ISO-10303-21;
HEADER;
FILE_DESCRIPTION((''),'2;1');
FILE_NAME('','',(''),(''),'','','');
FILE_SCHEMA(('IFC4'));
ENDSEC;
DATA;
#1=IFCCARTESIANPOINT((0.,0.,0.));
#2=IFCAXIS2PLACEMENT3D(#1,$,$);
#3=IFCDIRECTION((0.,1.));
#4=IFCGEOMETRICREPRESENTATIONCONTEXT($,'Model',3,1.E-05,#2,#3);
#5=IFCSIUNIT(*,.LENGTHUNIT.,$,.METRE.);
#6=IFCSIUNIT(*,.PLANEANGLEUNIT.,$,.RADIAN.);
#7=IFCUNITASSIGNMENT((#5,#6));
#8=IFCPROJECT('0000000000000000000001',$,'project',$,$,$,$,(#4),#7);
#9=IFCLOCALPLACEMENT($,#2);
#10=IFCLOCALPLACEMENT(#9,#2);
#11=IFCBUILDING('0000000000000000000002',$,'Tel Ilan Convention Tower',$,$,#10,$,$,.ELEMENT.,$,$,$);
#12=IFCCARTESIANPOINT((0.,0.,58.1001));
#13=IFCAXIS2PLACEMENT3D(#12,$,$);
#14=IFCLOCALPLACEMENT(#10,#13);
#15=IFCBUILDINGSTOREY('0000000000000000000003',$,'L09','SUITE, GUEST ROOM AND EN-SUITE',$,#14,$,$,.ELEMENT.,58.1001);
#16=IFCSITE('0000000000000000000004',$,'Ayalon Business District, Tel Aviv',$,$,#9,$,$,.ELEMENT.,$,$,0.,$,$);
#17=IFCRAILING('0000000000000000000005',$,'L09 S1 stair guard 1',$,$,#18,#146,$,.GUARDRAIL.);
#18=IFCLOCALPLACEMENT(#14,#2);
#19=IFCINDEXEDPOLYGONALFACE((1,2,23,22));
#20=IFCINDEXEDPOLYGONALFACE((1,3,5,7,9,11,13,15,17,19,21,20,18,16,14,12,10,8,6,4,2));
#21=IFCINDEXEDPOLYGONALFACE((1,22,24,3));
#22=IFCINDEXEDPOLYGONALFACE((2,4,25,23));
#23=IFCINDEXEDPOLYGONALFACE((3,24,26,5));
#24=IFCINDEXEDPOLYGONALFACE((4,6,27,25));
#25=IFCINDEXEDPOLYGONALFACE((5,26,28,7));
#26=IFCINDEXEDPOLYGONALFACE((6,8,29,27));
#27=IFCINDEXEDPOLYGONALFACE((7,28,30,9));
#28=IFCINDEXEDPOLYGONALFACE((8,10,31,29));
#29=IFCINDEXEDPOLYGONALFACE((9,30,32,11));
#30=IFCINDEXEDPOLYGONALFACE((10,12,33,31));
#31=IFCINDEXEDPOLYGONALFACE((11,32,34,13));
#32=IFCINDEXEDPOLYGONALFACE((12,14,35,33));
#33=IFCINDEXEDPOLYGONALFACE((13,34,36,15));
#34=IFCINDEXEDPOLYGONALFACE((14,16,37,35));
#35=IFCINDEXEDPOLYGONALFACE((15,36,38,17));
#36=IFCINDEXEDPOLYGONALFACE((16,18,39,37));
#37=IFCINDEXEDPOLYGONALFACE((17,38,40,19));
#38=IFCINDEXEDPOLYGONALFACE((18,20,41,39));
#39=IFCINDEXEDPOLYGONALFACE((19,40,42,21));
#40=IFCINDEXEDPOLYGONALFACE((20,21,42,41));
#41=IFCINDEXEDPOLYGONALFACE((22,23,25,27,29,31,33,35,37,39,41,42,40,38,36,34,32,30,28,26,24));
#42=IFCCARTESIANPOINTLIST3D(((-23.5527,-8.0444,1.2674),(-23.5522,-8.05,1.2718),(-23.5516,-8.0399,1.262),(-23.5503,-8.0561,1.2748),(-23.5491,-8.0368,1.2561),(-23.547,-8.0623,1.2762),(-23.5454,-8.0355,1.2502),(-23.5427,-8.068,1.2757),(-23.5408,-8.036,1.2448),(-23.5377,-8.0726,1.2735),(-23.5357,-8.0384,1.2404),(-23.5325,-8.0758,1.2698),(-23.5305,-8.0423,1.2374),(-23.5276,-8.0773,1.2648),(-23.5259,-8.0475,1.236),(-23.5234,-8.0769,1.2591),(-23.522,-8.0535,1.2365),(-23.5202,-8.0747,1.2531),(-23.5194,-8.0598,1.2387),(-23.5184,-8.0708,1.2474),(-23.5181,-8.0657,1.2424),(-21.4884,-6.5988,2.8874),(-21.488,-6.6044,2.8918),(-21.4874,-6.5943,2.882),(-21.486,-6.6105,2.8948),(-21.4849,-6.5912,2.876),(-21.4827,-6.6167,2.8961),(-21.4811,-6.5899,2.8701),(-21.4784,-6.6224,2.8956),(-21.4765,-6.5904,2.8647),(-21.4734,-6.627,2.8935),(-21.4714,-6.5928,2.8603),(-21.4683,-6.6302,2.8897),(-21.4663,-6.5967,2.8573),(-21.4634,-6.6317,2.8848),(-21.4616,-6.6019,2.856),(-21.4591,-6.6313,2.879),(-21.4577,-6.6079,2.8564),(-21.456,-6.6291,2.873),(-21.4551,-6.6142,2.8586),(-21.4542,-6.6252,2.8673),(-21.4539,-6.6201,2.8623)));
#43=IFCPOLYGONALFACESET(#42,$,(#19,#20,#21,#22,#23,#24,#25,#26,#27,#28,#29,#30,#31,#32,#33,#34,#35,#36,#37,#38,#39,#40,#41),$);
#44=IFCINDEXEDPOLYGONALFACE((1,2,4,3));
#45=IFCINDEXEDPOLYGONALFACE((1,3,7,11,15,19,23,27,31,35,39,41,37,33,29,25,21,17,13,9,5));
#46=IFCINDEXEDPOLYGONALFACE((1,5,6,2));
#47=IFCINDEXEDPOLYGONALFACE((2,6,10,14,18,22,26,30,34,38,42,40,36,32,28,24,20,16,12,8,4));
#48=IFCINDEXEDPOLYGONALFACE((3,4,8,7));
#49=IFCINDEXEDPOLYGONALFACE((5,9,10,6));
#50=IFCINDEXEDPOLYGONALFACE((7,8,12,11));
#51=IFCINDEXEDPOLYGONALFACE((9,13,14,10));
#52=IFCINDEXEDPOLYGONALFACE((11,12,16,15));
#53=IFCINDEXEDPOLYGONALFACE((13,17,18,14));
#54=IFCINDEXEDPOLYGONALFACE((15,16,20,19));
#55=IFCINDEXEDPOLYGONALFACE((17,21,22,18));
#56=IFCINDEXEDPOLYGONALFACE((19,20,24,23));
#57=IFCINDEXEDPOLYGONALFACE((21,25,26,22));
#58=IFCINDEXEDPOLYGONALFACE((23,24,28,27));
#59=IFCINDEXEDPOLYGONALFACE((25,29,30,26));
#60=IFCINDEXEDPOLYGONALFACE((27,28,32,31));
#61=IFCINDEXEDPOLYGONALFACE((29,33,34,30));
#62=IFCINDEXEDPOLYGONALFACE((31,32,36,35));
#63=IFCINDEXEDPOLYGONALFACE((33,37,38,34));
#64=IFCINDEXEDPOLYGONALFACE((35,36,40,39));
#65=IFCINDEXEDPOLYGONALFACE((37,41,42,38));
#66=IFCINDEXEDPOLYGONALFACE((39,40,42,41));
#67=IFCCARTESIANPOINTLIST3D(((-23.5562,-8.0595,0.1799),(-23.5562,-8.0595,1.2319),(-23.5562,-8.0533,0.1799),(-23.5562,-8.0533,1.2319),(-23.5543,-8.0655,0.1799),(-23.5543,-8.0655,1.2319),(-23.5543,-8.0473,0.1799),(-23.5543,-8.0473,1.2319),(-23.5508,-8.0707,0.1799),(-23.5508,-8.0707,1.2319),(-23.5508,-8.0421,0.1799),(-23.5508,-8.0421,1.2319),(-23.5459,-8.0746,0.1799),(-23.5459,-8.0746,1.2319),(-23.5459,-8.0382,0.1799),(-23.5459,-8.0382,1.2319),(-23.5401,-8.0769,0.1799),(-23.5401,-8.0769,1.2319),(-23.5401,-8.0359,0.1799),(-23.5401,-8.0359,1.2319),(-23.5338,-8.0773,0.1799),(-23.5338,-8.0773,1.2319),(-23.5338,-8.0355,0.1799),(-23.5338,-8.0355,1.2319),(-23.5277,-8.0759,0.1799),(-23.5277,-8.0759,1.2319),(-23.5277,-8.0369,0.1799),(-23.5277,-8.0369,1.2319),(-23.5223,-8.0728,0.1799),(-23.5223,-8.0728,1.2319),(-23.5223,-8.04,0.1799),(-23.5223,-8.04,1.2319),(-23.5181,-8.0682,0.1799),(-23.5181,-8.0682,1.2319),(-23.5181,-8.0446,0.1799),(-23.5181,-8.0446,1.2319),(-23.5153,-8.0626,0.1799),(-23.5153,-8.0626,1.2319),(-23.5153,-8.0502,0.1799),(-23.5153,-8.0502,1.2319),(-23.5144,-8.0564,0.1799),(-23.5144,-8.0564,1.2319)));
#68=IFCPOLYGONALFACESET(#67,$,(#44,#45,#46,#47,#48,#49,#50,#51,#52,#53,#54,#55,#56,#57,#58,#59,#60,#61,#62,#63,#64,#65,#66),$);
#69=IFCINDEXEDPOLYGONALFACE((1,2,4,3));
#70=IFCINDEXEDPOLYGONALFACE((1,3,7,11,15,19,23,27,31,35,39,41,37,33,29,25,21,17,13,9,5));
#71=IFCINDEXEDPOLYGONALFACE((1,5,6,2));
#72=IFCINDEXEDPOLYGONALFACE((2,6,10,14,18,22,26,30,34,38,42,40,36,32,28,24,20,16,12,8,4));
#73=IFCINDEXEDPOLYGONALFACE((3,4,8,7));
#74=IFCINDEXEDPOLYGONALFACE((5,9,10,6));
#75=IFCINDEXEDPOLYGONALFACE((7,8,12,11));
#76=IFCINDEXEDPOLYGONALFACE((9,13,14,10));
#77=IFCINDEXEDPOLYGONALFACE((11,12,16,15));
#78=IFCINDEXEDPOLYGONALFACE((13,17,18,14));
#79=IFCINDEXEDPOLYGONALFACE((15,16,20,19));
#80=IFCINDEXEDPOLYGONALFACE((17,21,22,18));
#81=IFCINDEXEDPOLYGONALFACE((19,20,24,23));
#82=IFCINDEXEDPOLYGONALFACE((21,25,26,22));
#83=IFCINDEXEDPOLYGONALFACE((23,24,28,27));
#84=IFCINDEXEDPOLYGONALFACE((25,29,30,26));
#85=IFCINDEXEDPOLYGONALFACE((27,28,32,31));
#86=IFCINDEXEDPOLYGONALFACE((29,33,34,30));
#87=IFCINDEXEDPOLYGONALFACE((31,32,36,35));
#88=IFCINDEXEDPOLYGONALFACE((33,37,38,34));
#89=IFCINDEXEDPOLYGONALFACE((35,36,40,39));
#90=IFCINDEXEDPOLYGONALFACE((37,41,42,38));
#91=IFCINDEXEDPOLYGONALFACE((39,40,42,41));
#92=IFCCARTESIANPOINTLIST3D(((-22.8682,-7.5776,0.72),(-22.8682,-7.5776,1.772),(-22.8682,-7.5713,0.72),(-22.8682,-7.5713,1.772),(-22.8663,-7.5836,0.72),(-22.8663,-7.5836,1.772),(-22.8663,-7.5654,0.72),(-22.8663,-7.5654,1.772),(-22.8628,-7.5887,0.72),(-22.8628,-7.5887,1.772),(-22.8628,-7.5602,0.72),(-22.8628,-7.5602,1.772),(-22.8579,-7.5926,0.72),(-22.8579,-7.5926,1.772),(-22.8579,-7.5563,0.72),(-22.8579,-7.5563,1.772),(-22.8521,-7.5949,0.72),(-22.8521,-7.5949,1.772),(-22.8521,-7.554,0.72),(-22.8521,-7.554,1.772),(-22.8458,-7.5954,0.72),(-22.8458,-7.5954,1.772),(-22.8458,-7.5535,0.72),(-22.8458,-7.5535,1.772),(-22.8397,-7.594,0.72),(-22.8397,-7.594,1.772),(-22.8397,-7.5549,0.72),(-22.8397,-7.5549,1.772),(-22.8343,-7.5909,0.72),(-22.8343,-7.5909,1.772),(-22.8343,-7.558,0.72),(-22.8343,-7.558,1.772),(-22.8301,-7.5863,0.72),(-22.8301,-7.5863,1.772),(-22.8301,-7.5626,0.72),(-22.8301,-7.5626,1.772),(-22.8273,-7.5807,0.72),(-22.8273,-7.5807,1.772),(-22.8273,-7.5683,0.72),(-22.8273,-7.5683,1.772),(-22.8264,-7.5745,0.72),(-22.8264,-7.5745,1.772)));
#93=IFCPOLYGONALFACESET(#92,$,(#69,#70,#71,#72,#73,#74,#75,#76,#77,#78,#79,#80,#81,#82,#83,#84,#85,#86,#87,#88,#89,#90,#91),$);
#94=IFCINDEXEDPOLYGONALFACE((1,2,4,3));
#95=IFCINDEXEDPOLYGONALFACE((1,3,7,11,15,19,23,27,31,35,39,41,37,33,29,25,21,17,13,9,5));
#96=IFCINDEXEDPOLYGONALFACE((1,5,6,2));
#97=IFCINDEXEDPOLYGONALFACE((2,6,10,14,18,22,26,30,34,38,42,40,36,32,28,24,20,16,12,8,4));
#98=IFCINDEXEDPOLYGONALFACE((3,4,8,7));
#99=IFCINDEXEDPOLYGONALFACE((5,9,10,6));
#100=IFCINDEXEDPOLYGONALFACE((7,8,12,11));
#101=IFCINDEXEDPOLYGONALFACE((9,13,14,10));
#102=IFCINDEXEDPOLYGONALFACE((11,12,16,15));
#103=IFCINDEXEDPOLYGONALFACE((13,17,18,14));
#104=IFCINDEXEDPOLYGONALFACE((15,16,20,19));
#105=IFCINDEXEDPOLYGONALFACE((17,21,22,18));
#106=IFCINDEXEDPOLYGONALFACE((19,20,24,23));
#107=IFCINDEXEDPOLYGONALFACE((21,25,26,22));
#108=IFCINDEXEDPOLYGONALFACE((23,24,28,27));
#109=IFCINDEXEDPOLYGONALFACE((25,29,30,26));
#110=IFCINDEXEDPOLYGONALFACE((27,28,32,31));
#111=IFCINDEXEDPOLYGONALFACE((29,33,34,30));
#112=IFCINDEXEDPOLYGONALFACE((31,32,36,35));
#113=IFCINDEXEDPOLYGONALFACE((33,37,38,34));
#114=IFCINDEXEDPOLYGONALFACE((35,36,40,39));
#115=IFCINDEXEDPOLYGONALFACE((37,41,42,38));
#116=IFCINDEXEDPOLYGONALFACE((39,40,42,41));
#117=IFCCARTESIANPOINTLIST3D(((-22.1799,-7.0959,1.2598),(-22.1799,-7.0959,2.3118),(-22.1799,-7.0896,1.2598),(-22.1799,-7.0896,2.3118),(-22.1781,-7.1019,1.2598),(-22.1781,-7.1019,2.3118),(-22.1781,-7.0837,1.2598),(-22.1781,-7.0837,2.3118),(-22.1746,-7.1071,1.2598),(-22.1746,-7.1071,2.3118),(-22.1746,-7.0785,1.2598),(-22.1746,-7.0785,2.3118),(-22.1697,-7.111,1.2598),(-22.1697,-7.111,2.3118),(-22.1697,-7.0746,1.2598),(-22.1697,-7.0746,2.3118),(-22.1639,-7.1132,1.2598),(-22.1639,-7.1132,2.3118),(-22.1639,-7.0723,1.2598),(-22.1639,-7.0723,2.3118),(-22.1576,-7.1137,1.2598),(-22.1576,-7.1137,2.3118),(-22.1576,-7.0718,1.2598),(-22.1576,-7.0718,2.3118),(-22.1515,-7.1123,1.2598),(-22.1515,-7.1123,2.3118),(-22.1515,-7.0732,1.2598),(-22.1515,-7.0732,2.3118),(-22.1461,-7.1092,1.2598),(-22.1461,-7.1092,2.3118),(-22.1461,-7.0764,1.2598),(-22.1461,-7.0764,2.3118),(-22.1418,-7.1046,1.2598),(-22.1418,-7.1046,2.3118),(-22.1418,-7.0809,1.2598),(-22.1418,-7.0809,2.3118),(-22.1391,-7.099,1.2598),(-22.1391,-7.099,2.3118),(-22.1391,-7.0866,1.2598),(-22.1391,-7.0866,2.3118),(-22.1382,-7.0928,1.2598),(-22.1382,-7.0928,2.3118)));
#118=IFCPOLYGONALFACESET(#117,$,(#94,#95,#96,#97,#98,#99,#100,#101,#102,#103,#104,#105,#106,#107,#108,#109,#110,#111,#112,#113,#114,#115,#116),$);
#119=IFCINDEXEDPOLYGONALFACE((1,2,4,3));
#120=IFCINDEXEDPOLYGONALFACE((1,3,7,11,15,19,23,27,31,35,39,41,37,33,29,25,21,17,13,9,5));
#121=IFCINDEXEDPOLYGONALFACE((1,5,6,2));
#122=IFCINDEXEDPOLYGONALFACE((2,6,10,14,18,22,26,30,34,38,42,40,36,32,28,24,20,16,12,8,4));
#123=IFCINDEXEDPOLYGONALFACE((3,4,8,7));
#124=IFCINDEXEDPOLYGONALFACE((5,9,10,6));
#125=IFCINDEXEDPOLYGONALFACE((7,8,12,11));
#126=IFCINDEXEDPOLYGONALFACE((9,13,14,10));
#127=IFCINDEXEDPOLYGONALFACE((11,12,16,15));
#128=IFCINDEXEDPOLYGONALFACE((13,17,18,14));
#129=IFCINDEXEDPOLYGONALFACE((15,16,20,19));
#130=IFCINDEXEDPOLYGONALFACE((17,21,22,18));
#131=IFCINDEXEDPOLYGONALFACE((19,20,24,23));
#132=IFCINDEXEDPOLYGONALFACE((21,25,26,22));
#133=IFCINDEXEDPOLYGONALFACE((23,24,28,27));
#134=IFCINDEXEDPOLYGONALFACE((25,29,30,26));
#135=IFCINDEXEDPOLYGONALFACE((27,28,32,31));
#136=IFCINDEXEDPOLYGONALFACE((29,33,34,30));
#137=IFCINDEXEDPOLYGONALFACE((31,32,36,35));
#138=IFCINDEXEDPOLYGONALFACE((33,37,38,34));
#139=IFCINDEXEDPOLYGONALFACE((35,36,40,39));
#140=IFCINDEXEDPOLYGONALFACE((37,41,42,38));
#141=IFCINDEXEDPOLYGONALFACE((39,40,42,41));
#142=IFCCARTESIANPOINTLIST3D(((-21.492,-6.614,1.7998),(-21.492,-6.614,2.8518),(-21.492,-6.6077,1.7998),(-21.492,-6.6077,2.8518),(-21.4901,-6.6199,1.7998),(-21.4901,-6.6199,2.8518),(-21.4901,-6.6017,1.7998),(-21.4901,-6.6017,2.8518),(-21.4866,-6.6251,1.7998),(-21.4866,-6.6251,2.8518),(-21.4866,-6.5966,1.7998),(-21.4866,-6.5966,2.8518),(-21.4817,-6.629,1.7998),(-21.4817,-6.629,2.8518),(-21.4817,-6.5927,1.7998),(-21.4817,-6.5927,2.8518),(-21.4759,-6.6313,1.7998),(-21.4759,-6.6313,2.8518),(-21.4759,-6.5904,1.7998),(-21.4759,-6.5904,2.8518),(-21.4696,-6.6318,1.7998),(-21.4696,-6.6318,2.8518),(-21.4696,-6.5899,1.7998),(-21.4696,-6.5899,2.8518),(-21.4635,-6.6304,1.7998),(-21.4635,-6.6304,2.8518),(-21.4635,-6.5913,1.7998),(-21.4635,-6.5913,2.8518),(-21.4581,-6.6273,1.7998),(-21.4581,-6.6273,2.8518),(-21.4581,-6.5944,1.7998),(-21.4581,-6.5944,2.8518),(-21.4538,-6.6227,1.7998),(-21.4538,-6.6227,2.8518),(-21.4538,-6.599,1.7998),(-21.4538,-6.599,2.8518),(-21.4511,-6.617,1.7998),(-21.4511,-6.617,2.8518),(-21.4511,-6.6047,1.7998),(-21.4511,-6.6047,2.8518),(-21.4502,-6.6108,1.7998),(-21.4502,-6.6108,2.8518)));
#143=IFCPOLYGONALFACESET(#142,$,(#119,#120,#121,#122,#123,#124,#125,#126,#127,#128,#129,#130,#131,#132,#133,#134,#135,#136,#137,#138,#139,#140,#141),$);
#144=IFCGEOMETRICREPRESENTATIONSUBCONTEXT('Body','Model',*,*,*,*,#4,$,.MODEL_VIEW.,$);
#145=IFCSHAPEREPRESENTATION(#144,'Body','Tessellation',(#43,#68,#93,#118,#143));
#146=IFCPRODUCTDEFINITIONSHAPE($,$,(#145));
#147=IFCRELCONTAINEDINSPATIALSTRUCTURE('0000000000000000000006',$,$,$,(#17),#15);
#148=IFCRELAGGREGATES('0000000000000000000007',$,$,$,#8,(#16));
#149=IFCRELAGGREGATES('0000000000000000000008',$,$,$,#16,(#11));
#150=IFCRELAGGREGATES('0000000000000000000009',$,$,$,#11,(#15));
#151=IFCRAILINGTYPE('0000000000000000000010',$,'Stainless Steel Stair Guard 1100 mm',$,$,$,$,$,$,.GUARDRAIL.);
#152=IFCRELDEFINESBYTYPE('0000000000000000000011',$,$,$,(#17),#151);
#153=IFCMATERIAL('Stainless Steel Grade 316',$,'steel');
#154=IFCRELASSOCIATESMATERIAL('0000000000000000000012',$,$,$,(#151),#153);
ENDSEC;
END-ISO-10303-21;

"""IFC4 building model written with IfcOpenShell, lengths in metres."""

from ifc_helpers import new_model, si_unit, direction, frame, origin, origin_2d, place, context, subcontext, project, spatial, circle, extrude, material, type_object, element, save


model = new_model("IFC4")

# Units and contexts
model_context = context("Model", 3, precision=1e-05, world=origin(), true_north=direction((0.0, 1.0)))
body_context = subcontext(model_context, "Body", "Model", "MODEL_VIEW")
ifc_project = project(units=[si_unit("LENGTHUNIT", "METRE"), si_unit("PLANEANGLEUNIT", "RADIAN")], contexts=[model_context])

# Site, building, storey
site_placement = place(None, origin())
site = spatial("IfcSite", under=ifc_project, at=site_placement, Name="Ayalon Business District, Tel Aviv", CompositionType="ELEMENT", RefElevation=0.0)
building_placement = place(site_placement, origin())
building = spatial("IfcBuilding", under=site, at=building_placement, Name="Tel Ilan Convention Tower", CompositionType="ELEMENT")
storey_placement = place(building_placement, frame((0.0, 0.0, 58.1001)))
storey = spatial("IfcBuildingStorey", under=building, at=storey_placement, Name="L09", Description="SUITE, GUEST ROOM AND EN-SUITE", CompositionType="ELEMENT", Elevation=58.1001)

# Railing
ifc_material_1 = material(Name="Stainless Steel Grade 316", Category="steel")
railing_type_1 = type_object("IfcRailingType", Name="Stainless Steel Stair Guard 1100 mm", PredefinedType="GUARDRAIL", material=ifc_material_1)
railing_1_placement = place(storey_placement, frame((-23.5354, -8.0564, 0.1799)))
element("IfcRailing", 1, at=railing_1_placement, inside=storey, type_object=railing_type_1, Name="L09 S1 stair guard 1", PredefinedType="GUARDRAIL", context=body_context, shape_type="SweptSolid", body=[
    extrude(circle(Radius=0.0239, at=origin_2d()), frame((0.0, 0.0, 1.0762), z_axis=(0.689043, 0.482534, 0.540722), x_axis=(-0.573625, 0.819118, 0.0)), (0.0, 0.0, 1.0), 2.9958),
    extrude(circle(Radius=0.021, at=origin_2d()), origin(), (0.0, 0.0, 1.0), 1.052),
    extrude(circle(Radius=0.021, at=origin_2d()), frame((0.688, 0.4819, 0.54)), (0.0, 0.0, 1.0), 1.052),
    extrude(circle(Radius=0.021, at=origin_2d()), frame((1.3762, 0.9636, 1.0798)), (0.0, 0.0, 1.0), 1.052),
    extrude(circle(Radius=0.021, at=origin_2d()), frame((2.0642, 1.4456, 1.6199)), (0.0, 0.0, 1.0), 1.052),
])

save(model, "model.ifc")
